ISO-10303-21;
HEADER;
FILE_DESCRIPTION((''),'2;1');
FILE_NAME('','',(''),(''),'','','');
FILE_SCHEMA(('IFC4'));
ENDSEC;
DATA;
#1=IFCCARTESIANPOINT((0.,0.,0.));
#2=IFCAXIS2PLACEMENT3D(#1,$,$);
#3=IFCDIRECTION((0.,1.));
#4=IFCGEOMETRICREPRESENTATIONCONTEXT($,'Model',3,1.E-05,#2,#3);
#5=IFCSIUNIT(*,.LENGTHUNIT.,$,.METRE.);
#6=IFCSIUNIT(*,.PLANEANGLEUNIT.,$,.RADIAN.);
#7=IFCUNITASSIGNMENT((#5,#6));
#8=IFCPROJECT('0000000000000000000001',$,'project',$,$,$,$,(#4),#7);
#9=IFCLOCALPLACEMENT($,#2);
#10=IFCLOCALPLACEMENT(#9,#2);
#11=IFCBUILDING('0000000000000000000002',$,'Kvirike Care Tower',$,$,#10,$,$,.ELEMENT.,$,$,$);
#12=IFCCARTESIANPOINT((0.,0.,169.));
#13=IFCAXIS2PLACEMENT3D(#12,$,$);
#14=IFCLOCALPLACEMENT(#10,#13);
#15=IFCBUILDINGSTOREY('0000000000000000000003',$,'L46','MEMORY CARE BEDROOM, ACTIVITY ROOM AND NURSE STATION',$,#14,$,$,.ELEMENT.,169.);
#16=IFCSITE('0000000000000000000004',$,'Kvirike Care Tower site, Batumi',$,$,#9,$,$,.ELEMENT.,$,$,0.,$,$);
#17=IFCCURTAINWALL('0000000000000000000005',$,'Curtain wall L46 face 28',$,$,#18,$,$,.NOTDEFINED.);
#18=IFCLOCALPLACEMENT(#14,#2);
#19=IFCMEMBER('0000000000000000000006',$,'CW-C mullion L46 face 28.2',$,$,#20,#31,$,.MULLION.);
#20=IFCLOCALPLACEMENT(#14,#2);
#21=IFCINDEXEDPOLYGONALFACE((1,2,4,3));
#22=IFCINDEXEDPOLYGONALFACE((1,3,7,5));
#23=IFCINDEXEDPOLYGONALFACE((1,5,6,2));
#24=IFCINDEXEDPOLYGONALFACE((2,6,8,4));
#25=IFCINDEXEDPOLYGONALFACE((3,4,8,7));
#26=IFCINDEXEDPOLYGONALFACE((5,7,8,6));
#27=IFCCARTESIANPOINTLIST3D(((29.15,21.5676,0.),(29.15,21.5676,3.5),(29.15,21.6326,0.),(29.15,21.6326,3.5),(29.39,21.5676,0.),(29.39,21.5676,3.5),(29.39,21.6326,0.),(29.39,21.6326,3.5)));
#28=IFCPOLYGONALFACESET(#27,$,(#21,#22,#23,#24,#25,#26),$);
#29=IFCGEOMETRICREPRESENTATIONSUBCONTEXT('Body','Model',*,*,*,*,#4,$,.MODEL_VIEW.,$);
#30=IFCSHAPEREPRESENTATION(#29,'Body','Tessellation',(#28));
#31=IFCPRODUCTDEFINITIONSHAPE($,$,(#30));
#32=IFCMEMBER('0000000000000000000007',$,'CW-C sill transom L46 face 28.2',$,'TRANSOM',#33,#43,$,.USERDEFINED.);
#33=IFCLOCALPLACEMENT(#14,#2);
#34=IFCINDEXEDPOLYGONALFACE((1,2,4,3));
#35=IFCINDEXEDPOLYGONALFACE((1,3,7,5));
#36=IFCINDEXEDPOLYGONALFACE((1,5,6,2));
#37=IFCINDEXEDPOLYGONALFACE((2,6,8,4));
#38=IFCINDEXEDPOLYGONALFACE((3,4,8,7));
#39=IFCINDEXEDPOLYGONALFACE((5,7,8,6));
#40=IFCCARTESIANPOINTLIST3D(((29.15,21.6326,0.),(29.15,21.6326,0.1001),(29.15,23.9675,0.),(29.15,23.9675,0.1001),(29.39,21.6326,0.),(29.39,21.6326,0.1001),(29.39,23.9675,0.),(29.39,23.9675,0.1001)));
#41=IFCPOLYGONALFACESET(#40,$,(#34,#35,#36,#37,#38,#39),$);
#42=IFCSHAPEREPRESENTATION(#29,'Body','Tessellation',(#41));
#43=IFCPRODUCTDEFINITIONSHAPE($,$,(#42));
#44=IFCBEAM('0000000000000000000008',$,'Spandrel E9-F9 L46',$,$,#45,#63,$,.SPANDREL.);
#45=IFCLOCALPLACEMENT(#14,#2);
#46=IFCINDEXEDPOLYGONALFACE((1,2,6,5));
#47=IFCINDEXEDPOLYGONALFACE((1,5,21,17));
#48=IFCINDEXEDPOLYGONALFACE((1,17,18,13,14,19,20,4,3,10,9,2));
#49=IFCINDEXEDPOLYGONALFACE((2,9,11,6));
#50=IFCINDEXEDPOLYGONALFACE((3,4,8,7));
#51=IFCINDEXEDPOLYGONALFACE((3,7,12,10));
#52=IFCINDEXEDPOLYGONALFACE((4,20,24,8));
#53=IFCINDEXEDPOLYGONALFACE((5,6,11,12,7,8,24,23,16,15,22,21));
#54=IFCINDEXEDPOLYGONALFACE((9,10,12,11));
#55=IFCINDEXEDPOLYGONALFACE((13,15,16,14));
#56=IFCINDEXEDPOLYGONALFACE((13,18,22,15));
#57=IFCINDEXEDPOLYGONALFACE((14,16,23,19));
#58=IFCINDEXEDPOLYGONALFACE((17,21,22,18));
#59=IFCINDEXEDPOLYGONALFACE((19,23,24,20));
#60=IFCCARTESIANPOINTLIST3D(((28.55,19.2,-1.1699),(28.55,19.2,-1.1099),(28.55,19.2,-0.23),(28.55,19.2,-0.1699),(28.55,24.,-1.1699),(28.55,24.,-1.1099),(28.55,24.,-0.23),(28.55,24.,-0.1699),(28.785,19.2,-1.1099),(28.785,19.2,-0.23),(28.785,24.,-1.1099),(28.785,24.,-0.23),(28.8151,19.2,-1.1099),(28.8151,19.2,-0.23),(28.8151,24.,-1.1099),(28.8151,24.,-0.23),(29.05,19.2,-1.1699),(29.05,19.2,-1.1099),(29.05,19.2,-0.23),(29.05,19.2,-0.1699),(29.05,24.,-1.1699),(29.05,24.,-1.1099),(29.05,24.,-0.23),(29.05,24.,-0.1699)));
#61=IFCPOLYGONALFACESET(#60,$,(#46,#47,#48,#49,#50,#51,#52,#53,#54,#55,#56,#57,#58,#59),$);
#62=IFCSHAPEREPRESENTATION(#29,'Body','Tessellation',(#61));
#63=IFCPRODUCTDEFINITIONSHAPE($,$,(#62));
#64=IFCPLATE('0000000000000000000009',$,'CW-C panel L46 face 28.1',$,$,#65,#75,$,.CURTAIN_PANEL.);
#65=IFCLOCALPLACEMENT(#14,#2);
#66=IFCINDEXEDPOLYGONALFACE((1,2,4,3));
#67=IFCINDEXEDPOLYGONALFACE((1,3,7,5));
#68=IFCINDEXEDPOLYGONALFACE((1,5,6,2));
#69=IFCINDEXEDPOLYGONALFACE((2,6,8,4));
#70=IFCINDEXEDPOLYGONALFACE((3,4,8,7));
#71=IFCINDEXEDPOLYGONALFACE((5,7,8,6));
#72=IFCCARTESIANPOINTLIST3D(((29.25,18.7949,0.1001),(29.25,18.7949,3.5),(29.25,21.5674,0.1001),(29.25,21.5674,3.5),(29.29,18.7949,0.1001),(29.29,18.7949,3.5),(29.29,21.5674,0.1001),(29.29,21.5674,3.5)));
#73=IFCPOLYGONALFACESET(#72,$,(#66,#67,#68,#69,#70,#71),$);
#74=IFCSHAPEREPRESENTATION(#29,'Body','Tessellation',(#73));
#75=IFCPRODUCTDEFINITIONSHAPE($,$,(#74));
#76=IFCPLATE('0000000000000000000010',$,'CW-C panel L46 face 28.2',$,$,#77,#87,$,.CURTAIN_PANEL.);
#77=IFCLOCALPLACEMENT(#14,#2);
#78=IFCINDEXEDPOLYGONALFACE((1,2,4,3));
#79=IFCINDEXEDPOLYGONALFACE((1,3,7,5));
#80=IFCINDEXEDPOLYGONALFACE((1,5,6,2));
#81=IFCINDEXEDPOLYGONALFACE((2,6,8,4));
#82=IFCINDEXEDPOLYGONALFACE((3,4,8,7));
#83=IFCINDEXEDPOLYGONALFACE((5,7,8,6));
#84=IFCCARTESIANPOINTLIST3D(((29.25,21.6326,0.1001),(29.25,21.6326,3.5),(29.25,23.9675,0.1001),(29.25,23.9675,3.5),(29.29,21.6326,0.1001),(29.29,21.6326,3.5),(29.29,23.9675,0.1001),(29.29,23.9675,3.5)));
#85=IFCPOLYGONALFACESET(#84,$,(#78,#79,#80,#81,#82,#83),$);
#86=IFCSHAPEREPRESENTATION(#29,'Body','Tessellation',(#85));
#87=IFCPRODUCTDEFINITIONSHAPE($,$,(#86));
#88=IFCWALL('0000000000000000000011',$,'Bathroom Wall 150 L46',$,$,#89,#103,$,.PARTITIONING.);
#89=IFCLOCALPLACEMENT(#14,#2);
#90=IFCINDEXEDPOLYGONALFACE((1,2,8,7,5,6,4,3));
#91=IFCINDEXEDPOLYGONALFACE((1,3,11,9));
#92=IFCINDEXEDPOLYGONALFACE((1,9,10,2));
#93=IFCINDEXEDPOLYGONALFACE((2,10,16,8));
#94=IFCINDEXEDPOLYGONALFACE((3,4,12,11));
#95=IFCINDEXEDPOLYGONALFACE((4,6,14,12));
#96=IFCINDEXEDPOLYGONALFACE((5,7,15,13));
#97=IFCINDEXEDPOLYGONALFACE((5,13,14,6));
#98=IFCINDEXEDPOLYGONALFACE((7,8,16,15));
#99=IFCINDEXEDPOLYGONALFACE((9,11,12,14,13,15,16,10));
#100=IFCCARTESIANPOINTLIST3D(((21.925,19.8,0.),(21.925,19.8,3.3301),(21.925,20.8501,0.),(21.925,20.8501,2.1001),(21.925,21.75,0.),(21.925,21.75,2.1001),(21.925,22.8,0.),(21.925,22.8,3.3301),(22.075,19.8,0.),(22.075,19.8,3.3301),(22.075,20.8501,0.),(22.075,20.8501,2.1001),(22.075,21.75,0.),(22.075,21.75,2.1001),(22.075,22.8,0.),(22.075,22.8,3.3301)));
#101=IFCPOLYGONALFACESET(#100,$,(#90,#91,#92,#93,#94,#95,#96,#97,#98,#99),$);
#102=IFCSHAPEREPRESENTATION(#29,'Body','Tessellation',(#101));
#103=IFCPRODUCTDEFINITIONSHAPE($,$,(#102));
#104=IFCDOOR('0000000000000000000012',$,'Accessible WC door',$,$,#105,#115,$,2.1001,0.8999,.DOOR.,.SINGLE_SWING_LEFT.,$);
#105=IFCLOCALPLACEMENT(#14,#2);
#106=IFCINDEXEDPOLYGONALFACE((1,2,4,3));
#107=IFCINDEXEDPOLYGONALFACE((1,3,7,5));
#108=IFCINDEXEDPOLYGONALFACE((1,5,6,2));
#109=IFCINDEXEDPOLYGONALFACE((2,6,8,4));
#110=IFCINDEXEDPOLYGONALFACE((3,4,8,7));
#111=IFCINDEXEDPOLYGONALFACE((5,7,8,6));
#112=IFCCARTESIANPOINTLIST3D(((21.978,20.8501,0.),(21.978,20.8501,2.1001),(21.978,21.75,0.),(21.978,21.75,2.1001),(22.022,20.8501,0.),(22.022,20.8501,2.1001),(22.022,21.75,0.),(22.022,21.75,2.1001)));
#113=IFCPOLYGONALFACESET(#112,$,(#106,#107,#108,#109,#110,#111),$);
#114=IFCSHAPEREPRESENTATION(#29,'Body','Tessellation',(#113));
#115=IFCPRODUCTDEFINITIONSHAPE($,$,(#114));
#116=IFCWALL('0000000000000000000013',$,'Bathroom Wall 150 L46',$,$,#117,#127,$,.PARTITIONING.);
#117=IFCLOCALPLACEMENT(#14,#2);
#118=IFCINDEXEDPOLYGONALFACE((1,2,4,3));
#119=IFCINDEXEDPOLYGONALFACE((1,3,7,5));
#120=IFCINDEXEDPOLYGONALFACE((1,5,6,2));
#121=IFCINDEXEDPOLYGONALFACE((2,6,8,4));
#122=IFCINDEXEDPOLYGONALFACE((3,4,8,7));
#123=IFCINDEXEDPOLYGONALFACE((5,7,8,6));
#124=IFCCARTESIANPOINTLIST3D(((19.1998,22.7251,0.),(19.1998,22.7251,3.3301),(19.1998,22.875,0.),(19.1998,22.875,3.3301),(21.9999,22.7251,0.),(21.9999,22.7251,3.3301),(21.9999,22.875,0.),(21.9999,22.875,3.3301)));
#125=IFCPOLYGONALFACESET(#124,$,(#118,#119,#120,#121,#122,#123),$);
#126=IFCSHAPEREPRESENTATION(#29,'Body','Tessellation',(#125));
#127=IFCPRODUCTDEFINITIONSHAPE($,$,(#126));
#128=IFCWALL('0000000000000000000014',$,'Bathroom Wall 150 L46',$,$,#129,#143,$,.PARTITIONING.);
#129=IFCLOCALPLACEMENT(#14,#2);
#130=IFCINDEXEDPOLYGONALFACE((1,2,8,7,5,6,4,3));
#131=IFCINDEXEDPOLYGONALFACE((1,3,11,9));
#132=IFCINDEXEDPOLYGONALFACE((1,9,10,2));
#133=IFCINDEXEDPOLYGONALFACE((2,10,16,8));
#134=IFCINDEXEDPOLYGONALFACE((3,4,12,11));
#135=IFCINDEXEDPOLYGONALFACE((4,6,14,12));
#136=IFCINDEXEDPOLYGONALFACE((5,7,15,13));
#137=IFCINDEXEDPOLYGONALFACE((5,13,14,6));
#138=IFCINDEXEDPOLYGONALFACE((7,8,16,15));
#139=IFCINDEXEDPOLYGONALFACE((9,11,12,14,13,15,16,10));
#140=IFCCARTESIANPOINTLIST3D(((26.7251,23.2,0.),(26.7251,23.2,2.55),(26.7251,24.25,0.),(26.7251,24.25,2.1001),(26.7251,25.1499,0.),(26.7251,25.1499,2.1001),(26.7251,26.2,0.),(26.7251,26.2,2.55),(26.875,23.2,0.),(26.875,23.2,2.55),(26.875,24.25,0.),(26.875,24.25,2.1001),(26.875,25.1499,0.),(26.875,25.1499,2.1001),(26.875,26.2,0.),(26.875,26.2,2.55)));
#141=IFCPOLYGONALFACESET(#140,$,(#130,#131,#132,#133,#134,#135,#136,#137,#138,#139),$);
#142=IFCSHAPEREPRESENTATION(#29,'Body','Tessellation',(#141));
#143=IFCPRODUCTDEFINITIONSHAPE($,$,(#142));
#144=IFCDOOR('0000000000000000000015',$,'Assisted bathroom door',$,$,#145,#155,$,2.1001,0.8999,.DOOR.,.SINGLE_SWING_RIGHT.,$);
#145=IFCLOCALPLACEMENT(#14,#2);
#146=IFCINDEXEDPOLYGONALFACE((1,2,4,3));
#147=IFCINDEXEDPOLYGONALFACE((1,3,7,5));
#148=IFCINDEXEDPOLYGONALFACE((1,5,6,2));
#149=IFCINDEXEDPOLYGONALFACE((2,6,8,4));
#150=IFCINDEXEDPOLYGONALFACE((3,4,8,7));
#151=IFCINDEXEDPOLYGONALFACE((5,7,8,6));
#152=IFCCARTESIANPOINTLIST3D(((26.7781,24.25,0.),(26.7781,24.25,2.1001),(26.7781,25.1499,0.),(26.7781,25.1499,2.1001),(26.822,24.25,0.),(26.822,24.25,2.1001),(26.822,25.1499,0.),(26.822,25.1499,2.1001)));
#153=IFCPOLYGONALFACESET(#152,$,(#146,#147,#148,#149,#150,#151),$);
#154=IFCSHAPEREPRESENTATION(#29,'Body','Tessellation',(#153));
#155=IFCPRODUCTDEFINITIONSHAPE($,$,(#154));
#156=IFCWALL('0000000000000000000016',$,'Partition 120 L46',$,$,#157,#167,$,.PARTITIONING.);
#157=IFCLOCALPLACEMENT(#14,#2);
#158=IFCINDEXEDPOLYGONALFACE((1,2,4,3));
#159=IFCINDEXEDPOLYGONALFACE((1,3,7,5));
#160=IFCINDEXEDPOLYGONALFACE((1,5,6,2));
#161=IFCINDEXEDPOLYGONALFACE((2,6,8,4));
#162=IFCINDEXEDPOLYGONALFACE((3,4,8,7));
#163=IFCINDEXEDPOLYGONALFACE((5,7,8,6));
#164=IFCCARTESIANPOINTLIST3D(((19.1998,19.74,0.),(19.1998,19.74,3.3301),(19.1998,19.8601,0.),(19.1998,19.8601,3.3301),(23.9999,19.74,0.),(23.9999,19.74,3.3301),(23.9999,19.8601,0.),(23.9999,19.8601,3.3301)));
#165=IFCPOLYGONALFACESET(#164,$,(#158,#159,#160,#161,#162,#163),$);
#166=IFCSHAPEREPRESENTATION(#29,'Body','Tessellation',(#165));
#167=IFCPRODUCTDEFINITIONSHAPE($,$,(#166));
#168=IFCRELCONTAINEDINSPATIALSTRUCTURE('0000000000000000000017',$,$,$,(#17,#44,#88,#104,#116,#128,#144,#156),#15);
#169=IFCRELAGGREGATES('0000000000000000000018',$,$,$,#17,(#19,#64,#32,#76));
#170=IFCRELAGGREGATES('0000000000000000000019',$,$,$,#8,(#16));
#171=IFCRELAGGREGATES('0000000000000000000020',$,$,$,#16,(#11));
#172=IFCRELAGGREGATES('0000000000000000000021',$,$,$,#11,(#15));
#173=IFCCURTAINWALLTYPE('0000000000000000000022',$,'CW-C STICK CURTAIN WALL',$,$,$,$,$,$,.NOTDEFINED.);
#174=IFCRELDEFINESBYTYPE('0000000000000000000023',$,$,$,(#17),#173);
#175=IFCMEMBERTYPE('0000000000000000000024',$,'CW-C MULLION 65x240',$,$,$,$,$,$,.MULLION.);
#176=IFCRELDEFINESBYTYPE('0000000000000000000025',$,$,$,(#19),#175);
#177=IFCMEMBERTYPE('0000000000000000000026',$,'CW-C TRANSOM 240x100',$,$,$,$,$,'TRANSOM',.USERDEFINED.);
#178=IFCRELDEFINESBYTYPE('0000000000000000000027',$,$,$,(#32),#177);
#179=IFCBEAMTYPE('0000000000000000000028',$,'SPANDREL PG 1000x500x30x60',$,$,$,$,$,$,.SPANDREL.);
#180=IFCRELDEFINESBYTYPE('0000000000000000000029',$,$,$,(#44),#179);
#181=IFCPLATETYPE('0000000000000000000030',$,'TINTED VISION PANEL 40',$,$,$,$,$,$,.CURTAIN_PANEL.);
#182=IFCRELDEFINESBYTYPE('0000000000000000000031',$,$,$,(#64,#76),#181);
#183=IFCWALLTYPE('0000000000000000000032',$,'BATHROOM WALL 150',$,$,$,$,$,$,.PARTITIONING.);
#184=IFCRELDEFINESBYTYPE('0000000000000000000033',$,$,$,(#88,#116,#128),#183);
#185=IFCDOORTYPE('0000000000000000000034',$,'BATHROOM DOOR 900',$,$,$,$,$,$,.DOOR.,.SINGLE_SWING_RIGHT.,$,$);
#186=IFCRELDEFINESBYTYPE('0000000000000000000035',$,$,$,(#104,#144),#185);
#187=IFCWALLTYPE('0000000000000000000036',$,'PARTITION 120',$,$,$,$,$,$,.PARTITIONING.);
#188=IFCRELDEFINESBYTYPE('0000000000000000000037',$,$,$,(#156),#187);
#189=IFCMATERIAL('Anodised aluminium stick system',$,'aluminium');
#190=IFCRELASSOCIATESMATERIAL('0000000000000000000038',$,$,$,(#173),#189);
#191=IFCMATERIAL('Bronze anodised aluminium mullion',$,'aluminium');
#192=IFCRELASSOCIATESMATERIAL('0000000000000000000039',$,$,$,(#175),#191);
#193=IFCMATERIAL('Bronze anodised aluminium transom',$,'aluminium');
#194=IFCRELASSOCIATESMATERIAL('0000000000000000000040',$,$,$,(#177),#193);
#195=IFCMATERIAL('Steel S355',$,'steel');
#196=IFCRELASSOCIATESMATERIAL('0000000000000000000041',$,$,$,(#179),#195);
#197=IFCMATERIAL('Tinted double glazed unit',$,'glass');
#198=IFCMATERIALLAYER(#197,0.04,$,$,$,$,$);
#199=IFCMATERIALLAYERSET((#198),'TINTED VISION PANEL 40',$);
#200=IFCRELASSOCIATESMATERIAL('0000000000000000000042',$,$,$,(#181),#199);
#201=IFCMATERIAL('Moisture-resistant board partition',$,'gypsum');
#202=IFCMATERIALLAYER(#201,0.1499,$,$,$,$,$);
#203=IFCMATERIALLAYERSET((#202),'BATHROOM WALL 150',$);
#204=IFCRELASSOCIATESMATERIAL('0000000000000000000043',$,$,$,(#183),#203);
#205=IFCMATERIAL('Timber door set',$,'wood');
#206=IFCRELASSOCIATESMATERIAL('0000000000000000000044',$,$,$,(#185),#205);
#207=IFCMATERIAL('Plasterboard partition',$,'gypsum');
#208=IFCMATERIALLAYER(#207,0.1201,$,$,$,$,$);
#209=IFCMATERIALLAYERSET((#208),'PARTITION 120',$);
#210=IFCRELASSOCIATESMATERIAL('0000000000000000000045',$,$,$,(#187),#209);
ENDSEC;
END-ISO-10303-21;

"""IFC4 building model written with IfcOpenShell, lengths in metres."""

from ifc_helpers import new_model, si_unit, direction, frame, frame_2d, origin, origin_2d, place, context, subcontext, project, spatial, rectangle, i_section, extrude, material, layer, layer_set, material_profile, profile_set, type_object, element, fill, aggregate, save


model = new_model("IFC4")

# Units and contexts
model_context = context("Model", 3, precision=1e-05, world=origin(), true_north=direction((0.0, 1.0)))
body_context = subcontext(model_context, "Body", "Model", "MODEL_VIEW")
ifc_project = project(units=[si_unit("LENGTHUNIT", "METRE"), si_unit("PLANEANGLEUNIT", "RADIAN")], contexts=[model_context])

# Site, building, storey
site_placement = place(None, origin())
site = spatial("IfcSite", under=ifc_project, at=site_placement, Name="Kvirike Care Tower site, Batumi", CompositionType="ELEMENT", RefElevation=0.0)
building_placement = place(site_placement, origin())
building = spatial("IfcBuilding", under=site, at=building_placement, Name="Kvirike Care Tower", CompositionType="ELEMENT")
storey_placement = place(building_placement, frame((0.0, 0.0, 169.0)))
storey = spatial("IfcBuildingStorey", under=building, at=storey_placement, Name="L46", Description="MEMORY CARE BEDROOM, ACTIVITY ROOM AND NURSE STATION", CompositionType="ELEMENT", Elevation=169.0)

# Curtain wall, members
ifc_material_1 = material(Name="Anodised aluminium stick system", Category="aluminium")
curtain_wall_type = type_object("IfcCurtainWallType", Name="CW-C STICK CURTAIN WALL", PredefinedType="NOTDEFINED", material=ifc_material_1)
curtain_wall_placement = place(storey_placement, origin())
curtain_wall = element("IfcCurtainWall", 1, at=curtain_wall_placement, inside=storey, type_object=curtain_wall_type, Name="Curtain wall L46 face 28", PredefinedType="NOTDEFINED")
ifc_material_2 = material(Name="Bronze anodised aluminium mullion", Category="aluminium")
ifc_material_profile_1 = material_profile(ifc_material_2, rectangle(XDim=0.0649, YDim=0.24, at=origin_2d()), Name="CW-C MULLION 65x240")
ifc_profile_set_1 = profile_set([ifc_material_profile_1], Name="Bronze anodised aluminium mullion")
member_type_1 = type_object("IfcMemberType", Name="CW-C MULLION 65x240", PredefinedType="MULLION", material=ifc_profile_set_1)
member_1_placement = place(storey_placement, frame((29.27, 21.6001, 0.0), z_axis=(0.0, 0.0, 1.0), x_axis=(0.0, 1.0, 0.0)))
member_1 = element("IfcMember", 2, at=member_1_placement, type_object=member_type_1, Name="CW-C mullion L46 face 28.2", PredefinedType="MULLION", context=body_context, shape_type="SweptSolid", body=[
    extrude(rectangle(XDim=0.0649, YDim=0.24, at=origin_2d()), origin(), (0.0, 0.0, 1.0), 3.5),
])
ifc_material_3 = material(Name="Bronze anodised aluminium transom", Category="aluminium")
ifc_material_profile_2 = material_profile(ifc_material_3, rectangle(XDim=0.24, YDim=0.1001, at=origin_2d()), Name="CW-C TRANSOM 240x100")
ifc_profile_set_2 = profile_set([ifc_material_profile_2], Name="Bronze anodised aluminium transom")
member_type_2 = type_object("IfcMemberType", Name="CW-C TRANSOM 240x100", ElementType="TRANSOM", PredefinedType="USERDEFINED", material=ifc_profile_set_2)
member_2_placement = place(storey_placement, frame((29.27, 21.6326, 0.05), z_axis=(0.0, 1.0, 0.0), x_axis=(-1.0, 0.0, 0.0)))
member_2 = element("IfcMember", 3, at=member_2_placement, type_object=member_type_2, Name="CW-C sill transom L46 face 28.2", ObjectType="TRANSOM", PredefinedType="USERDEFINED", context=body_context, shape_type="SweptSolid", body=[
    extrude(rectangle(XDim=0.24, YDim=0.1001, at=origin_2d()), origin(), (0.0, 0.0, 1.0), 2.335),
])

# Beam
ifc_material_4 = material(Name="Steel S355", Category="steel")
ifc_material_profile_3 = material_profile(ifc_material_4, i_section(OverallWidth=0.5, OverallDepth=1.0, WebThickness=0.03, FlangeThickness=0.0601, at=origin_2d()), Name="PG 1000x500x30x60")
ifc_profile_set_3 = profile_set([ifc_material_profile_3], Name="Steel S355")
beam_type = type_object("IfcBeamType", Name="SPANDREL PG 1000x500x30x60", PredefinedType="SPANDREL", material=ifc_profile_set_3)
beam_placement = place(storey_placement, frame((28.8, 19.2, -0.6699), z_axis=(0.0, 1.0, 0.0), x_axis=(-1.0, 0.0, 0.0)))
element("IfcBeam", 4, at=beam_placement, inside=storey, type_object=beam_type, Name="Spandrel E9-F9 L46", PredefinedType="SPANDREL", context=body_context, shape_type="SweptSolid", body=[
    extrude(i_section(OverallWidth=0.5, OverallDepth=1.0, WebThickness=0.03, FlangeThickness=0.0601, at=origin_2d()), origin(), (0.0, 0.0, 1.0), 4.8),
])

# Plates
ifc_material_5 = material(Name="Tinted double glazed unit", Category="glass")
ifc_layer_1 = layer(ifc_material_5, 0.04)
ifc_layer_set_1 = layer_set([ifc_layer_1], Name="TINTED VISION PANEL 40")
plate_type = type_object("IfcPlateType", Name="TINTED VISION PANEL 40", PredefinedType="CURTAIN_PANEL", material=ifc_layer_set_1)
plate_1_placement = place(storey_placement, frame((29.27, 20.1812, 0.1001), z_axis=(0.0, 0.0, 1.0), x_axis=(0.0, 1.0, 0.0)))
plate_1 = element("IfcPlate", 5, at=plate_1_placement, type_object=plate_type, Name="CW-C panel L46 face 28.1", PredefinedType="CURTAIN_PANEL", context=body_context, shape_type="SweptSolid", body=[
    extrude(rectangle(XDim=2.7725, YDim=0.04, at=origin_2d()), origin(), (0.0, 0.0, 1.0), 3.3999),
])
plate_2_placement = place(storey_placement, frame((29.27, 22.8, 0.1001), z_axis=(0.0, 0.0, 1.0), x_axis=(0.0, 1.0, 0.0)))
plate_2 = element("IfcPlate", 6, at=plate_2_placement, type_object=plate_type, Name="CW-C panel L46 face 28.2", PredefinedType="CURTAIN_PANEL", context=body_context, shape_type="SweptSolid", body=[
    extrude(rectangle(XDim=2.335, YDim=0.04, at=origin_2d()), origin(), (0.0, 0.0, 1.0), 3.3999),
])
aggregate(curtain_wall, [member_1, plate_1, member_2, plate_2])

# Wall, opening, door
ifc_material_6 = material(Name="Moisture-resistant board partition", Category="gypsum")
ifc_layer_2 = layer(ifc_material_6, 0.1499)
ifc_layer_set_2 = layer_set([ifc_layer_2], Name="BATHROOM WALL 150")
wall_type_1 = type_object("IfcWallType", Name="BATHROOM WALL 150", PredefinedType="PARTITIONING", material=ifc_layer_set_2)
wall_1_placement = place(storey_placement, frame((22.0, 19.8, 0.0), z_axis=(0.0, 0.0, 1.0), x_axis=(0.0, 1.0, 0.0)))
wall_1 = element("IfcWall", 7, at=wall_1_placement, inside=storey, type_object=wall_type_1, Name="Bathroom Wall 150 L46", PredefinedType="PARTITIONING", context=body_context, shape_type="SweptSolid", body=[
    extrude(rectangle(XDim=3.0, YDim=0.1499, at=frame_2d((1.5, 0.0))), origin(), (0.0, 0.0, 1.0), 3.3301),
])
opening_1_placement = place(wall_1_placement, frame((1.05, 0.0, 0.0)))
opening_1 = element("IfcOpeningElement", 8, at=opening_1_placement, cuts=wall_1, PredefinedType="OPENING", context=body_context, shape_type="SweptSolid", body=[
    extrude(rectangle(XDim=0.8999, YDim=2.1001, at=frame_2d((0.45, 1.05))), frame((0.0, 0.0854, 0.0), z_axis=(0.0, -1.0, 0.0), x_axis=(1.0, 0.0, 0.0)), (0.0, 0.0, 1.0), 0.1709),
])
ifc_material_7 = material(Name="Timber door set", Category="wood")
door_type_1 = type_object("IfcDoorType", Name="BATHROOM DOOR 900", OperationType="SINGLE_SWING_RIGHT", PredefinedType="DOOR", material=ifc_material_7)
door_1_placement = place(opening_1_placement, origin())
door_1 = element("IfcDoor", 9, at=door_1_placement, inside=storey, type_object=door_type_1, Name="Accessible WC door", OperationType="SINGLE_SWING_LEFT", OverallHeight=2.1001, OverallWidth=0.8999, PredefinedType="DOOR", context=body_context, shape_type="SweptSolid", body=[
    extrude(rectangle(XDim=0.8999, YDim=2.1001, at=frame_2d((0.45, 1.05))), frame((0.0, 0.022, 0.0), z_axis=(0.0, -1.0, 0.0), x_axis=(1.0, 0.0, 0.0)), (0.0, 0.0, 1.0), 0.0439),
])
fill(opening_1, door_1)

# Wall
wall_2_placement = place(storey_placement, frame((19.2, 22.8, 0.0), z_axis=(0.0, 0.0, 1.0), x_axis=(1.0, 0.0, 0.0)))
element("IfcWall", 10, at=wall_2_placement, inside=storey, type_object=wall_type_1, Name="Bathroom Wall 150 L46", PredefinedType="PARTITIONING", context=body_context, shape_type="SweptSolid", body=[
    extrude(rectangle(XDim=2.8, YDim=0.1499, at=frame_2d((1.3999, 0.0))), origin(), (0.0, 0.0, 1.0), 3.3301),
])

# Wall, opening, door
wall_3_placement = place(storey_placement, frame((26.8, 23.2, 0.0), z_axis=(0.0, 0.0, 1.0), x_axis=(0.0, 1.0, 0.0)))
wall_3 = element("IfcWall", 11, at=wall_3_placement, inside=storey, type_object=wall_type_1, Name="Bathroom Wall 150 L46", PredefinedType="PARTITIONING", context=body_context, shape_type="SweptSolid", body=[
    extrude(rectangle(XDim=3.0, YDim=0.1499, at=frame_2d((1.5, 0.0))), origin(), (0.0, 0.0, 1.0), 2.55),
])
opening_2_placement = place(wall_3_placement, frame((1.05, 0.0, 0.0)))
opening_2 = element("IfcOpeningElement", 12, at=opening_2_placement, cuts=wall_3, PredefinedType="OPENING", context=body_context, shape_type="SweptSolid", body=[
    extrude(rectangle(XDim=0.8999, YDim=2.1001, at=frame_2d((0.45, 1.05))), frame((0.0, 0.0854, 0.0), z_axis=(0.0, -1.0, 0.0), x_axis=(1.0, 0.0, 0.0)), (0.0, 0.0, 1.0), 0.1709),
])
door_2_placement = place(opening_2_placement, frame((0.8999, 0.0, 0.0), z_axis=(0.0, 0.0, 1.0), x_axis=(-1.0, 0.0, 0.0)))
door_2 = element("IfcDoor", 13, at=door_2_placement, inside=storey, type_object=door_type_1, Name="Assisted bathroom door", OperationType="SINGLE_SWING_RIGHT", OverallHeight=2.1001, OverallWidth=0.8999, PredefinedType="DOOR", context=body_context, shape_type="SweptSolid", body=[
    extrude(rectangle(XDim=0.8999, YDim=2.1001, at=frame_2d((0.45, 1.05))), frame((0.0, 0.022, 0.0), z_axis=(0.0, -1.0, 0.0), x_axis=(1.0, 0.0, 0.0)), (0.0, 0.0, 1.0), 0.0439),
])
fill(opening_2, door_2)

# Wall
ifc_material_8 = material(Name="Plasterboard partition", Category="gypsum")
ifc_layer_3 = layer(ifc_material_8, 0.1201)
ifc_layer_set_3 = layer_set([ifc_layer_3], Name="PARTITION 120")
wall_type_2 = type_object("IfcWallType", Name="PARTITION 120", PredefinedType="PARTITIONING", material=ifc_layer_set_3)
wall_4_placement = place(storey_placement, frame((19.2, 19.8, 0.0), z_axis=(0.0, 0.0, 1.0), x_axis=(1.0, 0.0, 0.0)))
element("IfcWall", 14, at=wall_4_placement, inside=storey, type_object=wall_type_2, Name="Partition 120 L46", PredefinedType="PARTITIONING", context=body_context, shape_type="SweptSolid", body=[
    extrude(rectangle(XDim=4.8, YDim=0.1201, at=frame_2d((2.3999, 0.0))), origin(), (0.0, 0.0, 1.0), 3.3301),
])

save(model, "model.ifc")
